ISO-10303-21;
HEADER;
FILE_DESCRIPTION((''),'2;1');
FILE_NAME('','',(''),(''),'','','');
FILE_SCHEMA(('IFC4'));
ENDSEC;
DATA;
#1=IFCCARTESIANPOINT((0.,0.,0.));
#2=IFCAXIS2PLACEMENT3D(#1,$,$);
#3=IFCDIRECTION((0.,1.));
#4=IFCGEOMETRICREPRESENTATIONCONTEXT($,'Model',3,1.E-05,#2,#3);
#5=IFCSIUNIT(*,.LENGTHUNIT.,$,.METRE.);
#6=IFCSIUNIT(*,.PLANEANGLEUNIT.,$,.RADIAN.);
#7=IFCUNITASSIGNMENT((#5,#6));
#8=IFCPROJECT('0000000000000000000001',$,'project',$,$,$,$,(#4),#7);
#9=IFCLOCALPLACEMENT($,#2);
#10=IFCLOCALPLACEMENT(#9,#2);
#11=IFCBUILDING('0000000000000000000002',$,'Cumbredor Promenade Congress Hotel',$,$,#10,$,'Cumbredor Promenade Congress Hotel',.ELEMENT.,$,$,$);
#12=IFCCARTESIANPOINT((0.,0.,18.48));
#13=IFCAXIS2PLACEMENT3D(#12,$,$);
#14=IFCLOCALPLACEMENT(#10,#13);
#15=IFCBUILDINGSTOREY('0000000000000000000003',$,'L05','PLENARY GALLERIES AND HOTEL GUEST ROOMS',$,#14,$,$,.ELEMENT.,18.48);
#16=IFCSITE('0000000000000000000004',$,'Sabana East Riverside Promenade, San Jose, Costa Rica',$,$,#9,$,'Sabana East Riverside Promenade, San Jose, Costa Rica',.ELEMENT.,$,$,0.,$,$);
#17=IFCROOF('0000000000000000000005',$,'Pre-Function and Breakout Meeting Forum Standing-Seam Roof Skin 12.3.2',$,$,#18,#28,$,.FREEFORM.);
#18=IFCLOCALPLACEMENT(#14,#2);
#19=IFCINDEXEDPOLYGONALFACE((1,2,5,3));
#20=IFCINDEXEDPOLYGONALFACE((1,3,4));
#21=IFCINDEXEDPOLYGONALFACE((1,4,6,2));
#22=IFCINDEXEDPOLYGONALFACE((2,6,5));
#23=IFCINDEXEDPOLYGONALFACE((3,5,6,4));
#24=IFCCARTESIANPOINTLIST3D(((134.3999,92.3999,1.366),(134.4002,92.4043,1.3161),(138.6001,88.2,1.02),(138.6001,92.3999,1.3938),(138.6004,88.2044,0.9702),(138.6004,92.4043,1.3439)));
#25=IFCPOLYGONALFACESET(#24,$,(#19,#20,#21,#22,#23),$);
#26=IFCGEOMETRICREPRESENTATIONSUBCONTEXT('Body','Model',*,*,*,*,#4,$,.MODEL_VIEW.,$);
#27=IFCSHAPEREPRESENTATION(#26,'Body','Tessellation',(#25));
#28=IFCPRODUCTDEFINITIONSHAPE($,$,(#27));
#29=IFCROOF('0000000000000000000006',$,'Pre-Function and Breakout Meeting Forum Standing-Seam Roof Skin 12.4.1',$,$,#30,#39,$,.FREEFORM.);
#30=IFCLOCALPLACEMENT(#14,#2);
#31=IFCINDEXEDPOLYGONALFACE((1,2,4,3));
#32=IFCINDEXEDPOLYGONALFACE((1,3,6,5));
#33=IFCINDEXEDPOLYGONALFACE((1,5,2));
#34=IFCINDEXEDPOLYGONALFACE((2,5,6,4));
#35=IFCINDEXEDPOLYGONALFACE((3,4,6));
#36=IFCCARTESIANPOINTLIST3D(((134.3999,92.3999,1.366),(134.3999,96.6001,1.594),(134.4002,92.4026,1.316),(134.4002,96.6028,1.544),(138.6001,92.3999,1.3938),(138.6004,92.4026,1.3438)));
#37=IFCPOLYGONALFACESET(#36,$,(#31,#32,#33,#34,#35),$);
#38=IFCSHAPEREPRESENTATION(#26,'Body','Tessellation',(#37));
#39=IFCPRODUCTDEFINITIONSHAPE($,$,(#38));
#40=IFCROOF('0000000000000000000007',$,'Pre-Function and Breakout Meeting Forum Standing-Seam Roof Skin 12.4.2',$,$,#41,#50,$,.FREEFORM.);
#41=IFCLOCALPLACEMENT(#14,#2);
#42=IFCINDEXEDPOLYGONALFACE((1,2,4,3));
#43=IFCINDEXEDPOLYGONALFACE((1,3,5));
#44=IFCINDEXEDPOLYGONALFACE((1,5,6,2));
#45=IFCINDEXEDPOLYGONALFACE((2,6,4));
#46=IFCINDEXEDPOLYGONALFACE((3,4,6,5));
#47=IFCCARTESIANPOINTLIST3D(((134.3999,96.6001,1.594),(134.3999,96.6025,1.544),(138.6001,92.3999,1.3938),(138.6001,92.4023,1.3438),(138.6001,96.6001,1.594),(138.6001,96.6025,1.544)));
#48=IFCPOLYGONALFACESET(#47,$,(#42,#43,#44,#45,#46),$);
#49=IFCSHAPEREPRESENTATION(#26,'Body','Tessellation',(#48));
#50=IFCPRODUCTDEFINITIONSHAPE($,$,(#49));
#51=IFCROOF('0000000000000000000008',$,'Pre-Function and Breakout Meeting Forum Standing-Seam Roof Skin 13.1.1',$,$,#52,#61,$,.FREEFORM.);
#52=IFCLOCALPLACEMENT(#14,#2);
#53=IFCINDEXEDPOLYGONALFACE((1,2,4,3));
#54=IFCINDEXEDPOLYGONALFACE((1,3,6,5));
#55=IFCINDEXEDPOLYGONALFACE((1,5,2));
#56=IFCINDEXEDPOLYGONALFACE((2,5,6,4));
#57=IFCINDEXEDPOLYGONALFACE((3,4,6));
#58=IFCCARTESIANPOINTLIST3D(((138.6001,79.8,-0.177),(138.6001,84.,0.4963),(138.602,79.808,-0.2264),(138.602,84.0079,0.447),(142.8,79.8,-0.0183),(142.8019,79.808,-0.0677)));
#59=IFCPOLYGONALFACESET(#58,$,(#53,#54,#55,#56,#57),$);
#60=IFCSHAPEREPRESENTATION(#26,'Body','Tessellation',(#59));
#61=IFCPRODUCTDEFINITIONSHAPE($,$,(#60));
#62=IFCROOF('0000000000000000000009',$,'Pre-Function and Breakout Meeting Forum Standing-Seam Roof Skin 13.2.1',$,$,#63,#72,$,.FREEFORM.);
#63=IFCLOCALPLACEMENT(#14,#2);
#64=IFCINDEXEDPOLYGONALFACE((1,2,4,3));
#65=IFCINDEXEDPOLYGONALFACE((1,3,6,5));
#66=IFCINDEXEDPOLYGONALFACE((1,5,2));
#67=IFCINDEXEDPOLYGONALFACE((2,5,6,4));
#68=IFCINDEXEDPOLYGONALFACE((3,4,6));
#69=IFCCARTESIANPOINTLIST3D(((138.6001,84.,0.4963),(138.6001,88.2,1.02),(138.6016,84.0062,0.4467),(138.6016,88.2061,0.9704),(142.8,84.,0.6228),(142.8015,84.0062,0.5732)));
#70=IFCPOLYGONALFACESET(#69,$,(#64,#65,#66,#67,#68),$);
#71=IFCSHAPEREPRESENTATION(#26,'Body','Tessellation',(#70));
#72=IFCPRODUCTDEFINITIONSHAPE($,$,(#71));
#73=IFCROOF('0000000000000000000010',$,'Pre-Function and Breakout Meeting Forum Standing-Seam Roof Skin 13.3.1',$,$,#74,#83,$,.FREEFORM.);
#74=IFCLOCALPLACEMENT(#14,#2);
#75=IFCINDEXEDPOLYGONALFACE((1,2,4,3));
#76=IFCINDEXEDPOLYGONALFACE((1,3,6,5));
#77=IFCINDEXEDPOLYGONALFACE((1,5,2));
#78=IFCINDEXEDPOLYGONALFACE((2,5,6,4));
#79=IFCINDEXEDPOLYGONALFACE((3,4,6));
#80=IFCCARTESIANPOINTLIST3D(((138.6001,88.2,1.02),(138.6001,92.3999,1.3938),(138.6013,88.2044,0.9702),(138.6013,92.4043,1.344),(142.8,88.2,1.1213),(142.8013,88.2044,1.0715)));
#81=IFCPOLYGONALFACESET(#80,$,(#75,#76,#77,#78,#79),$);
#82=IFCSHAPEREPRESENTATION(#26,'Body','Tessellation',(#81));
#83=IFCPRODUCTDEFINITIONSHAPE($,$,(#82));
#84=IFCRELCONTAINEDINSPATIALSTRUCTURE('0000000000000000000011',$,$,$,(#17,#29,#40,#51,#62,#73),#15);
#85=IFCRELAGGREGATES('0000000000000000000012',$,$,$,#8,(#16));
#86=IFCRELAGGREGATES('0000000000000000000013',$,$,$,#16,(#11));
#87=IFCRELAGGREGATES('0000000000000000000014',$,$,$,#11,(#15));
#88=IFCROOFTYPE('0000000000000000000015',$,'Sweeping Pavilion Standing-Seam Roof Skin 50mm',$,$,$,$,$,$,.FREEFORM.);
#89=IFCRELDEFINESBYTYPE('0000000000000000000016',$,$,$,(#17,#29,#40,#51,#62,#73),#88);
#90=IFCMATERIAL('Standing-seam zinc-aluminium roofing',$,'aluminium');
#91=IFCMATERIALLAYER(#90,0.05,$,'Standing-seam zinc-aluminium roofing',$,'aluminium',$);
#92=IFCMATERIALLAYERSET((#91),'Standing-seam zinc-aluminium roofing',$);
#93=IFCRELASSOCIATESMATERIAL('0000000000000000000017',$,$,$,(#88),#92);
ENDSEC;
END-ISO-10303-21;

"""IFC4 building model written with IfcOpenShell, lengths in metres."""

from ifc_helpers import new_model, si_unit, direction, frame, origin, place, context, subcontext, project, spatial, polyline, outline, extrude, material, layer, layer_set, type_object, element, save


model = new_model("IFC4")

# Units and contexts
model_context = context("Model", 3, precision=1e-05, world=origin(), true_north=direction((0.0, 1.0)))
body_context = subcontext(model_context, "Body", "Model", "MODEL_VIEW")
ifc_project = project(units=[si_unit("LENGTHUNIT", "METRE"), si_unit("PLANEANGLEUNIT", "RADIAN")], contexts=[model_context])

# Site, building, storey
site_placement = place(None, origin())
site = spatial("IfcSite", under=ifc_project, at=site_placement, Name="Sabana East Riverside Promenade, San Jose, Costa Rica", LongName="Sabana East Riverside Promenade, San Jose, Costa Rica", CompositionType="ELEMENT", RefElevation=0.0)
building_placement = place(site_placement, origin())
building = spatial("IfcBuilding", under=site, at=building_placement, Name="Cumbredor Promenade Congress Hotel", LongName="Cumbredor Promenade Congress Hotel", CompositionType="ELEMENT")
storey_placement = place(building_placement, frame((0.0, 0.0, 18.48)))
storey = spatial("IfcBuildingStorey", under=building, at=storey_placement, Name="L05", Description="PLENARY GALLERIES AND HOTEL GUEST ROOMS", CompositionType="ELEMENT", Elevation=18.48)

# Roofs
ifc_material_1 = material(Name="Standing-seam zinc-aluminium roofing", Category="aluminium")
ifc_layer_1 = layer(ifc_material_1, 0.05, Name="Standing-seam zinc-aluminium roofing", Category="aluminium")
ifc_layer_set_1 = layer_set([ifc_layer_1], Name="Standing-seam zinc-aluminium roofing")
roof_type = type_object("IfcRoofType", Name="Sweeping Pavilion Standing-Seam Roof Skin 50mm", PredefinedType="FREEFORM", material=ifc_layer_set_1)
roof_1_placement = place(storey_placement, frame((138.6001, 88.2, 1.02), z_axis=(-0.0066, -0.088644, 0.996042), x_axis=(0.0, 0.996063, 0.088646)))
element("IfcRoof", 1, at=roof_1_placement, inside=storey, type_object=roof_type, Name="Pre-Function and Breakout Meeting Forum Standing-Seam Roof Skin 12.3.2", PredefinedType="FREEFORM", context=body_context, shape_type="SweptSolid", body=[
    extrude(outline(polyline([(0.0, 0.0), (4.2166, 0.0), (4.2141, 4.2003), (0.0, 0.0)])), origin(), (0.0, 0.0, -1.0), 0.05),
])
roof_2_placement = place(storey_placement, frame((134.3999, 92.3999, 1.366), z_axis=(-0.006616, -0.054209, 0.998508), x_axis=(0.999978, 0.0, 0.006626)))
element("IfcRoof", 2, at=roof_2_placement, inside=storey, type_object=roof_type, Name="Pre-Function and Breakout Meeting Forum Standing-Seam Roof Skin 12.4.1", PredefinedType="FREEFORM", context=body_context, shape_type="SweptSolid", body=[
    extrude(outline(polyline([(0.0, 0.0), (4.2003, 0.0), (0.0015, 4.2064), (0.0, 0.0)])), origin(), (0.0, 0.0, -1.0), 0.05),
])
roof_3_placement = place(storey_placement, frame((138.6001, 92.3999, 1.3938), z_axis=(0.0, -0.047609, 0.998866), x_axis=(0.0, 0.998866, 0.047609)))
element("IfcRoof", 3, at=roof_3_placement, inside=storey, type_object=roof_type, Name="Pre-Function and Breakout Meeting Forum Standing-Seam Roof Skin 12.4.2", PredefinedType="FREEFORM", context=body_context, shape_type="SweptSolid", body=[
    extrude(outline(polyline([(0.0, 0.0), (4.205, 0.0), (4.205, 4.2002), (0.0, 0.0)])), origin(), (0.0, 0.0, -1.0), 0.05),
])
roof_4_placement = place(storey_placement, frame((138.6001, 79.8, -0.177), z_axis=(-0.037282, -0.158189, 0.986705), x_axis=(0.999287, 0.0, 0.037757)))
element("IfcRoof", 4, at=roof_4_placement, inside=storey, type_object=roof_type, Name="Pre-Function and Breakout Meeting Forum Standing-Seam Roof Skin 13.1.1", PredefinedType="FREEFORM", context=body_context, shape_type="SweptSolid", body=[
    extrude(outline(polyline([(0.0, 0.0), (4.2029, 0.0), (0.0254, 4.2535), (0.0, 0.0)])), origin(), (0.0, 0.0, -1.0), 0.05),
])
roof_5_placement = place(storey_placement, frame((138.6001, 84.0, 0.4963), z_axis=(-0.029866, -0.123674, 0.991873), x_axis=(0.999547, 0.0, 0.030097)))
element("IfcRoof", 5, at=roof_5_placement, inside=storey, type_object=roof_type, Name="Pre-Function and Breakout Meeting Forum Standing-Seam Roof Skin 13.2.1", PredefinedType="FREEFORM", context=body_context, shape_type="SweptSolid", body=[
    extrude(outline(polyline([(0.0, 0.0), (4.2019, 0.0), (0.0158, 4.2324), (0.0, 0.0)])), origin(), (0.0, 0.0, -1.0), 0.05),
])
roof_6_placement = place(storey_placement, frame((138.6001, 88.2, 1.02), z_axis=(-0.024022, -0.08862, 0.995776), x_axis=(0.999709, 0.0, 0.024117)))
element("IfcRoof", 6, at=roof_6_placement, inside=storey, type_object=roof_type, Name="Pre-Function and Breakout Meeting Forum Standing-Seam Roof Skin 13.3.1", PredefinedType="FREEFORM", context=body_context, shape_type="SweptSolid", body=[
    extrude(outline(polyline([(0.0, 0.0), (4.2012, 0.0), (0.009, 4.2165), (0.0, 0.0)])), origin(), (0.0, 0.0, -1.0), 0.05),
])

save(model, "model.ifc")
